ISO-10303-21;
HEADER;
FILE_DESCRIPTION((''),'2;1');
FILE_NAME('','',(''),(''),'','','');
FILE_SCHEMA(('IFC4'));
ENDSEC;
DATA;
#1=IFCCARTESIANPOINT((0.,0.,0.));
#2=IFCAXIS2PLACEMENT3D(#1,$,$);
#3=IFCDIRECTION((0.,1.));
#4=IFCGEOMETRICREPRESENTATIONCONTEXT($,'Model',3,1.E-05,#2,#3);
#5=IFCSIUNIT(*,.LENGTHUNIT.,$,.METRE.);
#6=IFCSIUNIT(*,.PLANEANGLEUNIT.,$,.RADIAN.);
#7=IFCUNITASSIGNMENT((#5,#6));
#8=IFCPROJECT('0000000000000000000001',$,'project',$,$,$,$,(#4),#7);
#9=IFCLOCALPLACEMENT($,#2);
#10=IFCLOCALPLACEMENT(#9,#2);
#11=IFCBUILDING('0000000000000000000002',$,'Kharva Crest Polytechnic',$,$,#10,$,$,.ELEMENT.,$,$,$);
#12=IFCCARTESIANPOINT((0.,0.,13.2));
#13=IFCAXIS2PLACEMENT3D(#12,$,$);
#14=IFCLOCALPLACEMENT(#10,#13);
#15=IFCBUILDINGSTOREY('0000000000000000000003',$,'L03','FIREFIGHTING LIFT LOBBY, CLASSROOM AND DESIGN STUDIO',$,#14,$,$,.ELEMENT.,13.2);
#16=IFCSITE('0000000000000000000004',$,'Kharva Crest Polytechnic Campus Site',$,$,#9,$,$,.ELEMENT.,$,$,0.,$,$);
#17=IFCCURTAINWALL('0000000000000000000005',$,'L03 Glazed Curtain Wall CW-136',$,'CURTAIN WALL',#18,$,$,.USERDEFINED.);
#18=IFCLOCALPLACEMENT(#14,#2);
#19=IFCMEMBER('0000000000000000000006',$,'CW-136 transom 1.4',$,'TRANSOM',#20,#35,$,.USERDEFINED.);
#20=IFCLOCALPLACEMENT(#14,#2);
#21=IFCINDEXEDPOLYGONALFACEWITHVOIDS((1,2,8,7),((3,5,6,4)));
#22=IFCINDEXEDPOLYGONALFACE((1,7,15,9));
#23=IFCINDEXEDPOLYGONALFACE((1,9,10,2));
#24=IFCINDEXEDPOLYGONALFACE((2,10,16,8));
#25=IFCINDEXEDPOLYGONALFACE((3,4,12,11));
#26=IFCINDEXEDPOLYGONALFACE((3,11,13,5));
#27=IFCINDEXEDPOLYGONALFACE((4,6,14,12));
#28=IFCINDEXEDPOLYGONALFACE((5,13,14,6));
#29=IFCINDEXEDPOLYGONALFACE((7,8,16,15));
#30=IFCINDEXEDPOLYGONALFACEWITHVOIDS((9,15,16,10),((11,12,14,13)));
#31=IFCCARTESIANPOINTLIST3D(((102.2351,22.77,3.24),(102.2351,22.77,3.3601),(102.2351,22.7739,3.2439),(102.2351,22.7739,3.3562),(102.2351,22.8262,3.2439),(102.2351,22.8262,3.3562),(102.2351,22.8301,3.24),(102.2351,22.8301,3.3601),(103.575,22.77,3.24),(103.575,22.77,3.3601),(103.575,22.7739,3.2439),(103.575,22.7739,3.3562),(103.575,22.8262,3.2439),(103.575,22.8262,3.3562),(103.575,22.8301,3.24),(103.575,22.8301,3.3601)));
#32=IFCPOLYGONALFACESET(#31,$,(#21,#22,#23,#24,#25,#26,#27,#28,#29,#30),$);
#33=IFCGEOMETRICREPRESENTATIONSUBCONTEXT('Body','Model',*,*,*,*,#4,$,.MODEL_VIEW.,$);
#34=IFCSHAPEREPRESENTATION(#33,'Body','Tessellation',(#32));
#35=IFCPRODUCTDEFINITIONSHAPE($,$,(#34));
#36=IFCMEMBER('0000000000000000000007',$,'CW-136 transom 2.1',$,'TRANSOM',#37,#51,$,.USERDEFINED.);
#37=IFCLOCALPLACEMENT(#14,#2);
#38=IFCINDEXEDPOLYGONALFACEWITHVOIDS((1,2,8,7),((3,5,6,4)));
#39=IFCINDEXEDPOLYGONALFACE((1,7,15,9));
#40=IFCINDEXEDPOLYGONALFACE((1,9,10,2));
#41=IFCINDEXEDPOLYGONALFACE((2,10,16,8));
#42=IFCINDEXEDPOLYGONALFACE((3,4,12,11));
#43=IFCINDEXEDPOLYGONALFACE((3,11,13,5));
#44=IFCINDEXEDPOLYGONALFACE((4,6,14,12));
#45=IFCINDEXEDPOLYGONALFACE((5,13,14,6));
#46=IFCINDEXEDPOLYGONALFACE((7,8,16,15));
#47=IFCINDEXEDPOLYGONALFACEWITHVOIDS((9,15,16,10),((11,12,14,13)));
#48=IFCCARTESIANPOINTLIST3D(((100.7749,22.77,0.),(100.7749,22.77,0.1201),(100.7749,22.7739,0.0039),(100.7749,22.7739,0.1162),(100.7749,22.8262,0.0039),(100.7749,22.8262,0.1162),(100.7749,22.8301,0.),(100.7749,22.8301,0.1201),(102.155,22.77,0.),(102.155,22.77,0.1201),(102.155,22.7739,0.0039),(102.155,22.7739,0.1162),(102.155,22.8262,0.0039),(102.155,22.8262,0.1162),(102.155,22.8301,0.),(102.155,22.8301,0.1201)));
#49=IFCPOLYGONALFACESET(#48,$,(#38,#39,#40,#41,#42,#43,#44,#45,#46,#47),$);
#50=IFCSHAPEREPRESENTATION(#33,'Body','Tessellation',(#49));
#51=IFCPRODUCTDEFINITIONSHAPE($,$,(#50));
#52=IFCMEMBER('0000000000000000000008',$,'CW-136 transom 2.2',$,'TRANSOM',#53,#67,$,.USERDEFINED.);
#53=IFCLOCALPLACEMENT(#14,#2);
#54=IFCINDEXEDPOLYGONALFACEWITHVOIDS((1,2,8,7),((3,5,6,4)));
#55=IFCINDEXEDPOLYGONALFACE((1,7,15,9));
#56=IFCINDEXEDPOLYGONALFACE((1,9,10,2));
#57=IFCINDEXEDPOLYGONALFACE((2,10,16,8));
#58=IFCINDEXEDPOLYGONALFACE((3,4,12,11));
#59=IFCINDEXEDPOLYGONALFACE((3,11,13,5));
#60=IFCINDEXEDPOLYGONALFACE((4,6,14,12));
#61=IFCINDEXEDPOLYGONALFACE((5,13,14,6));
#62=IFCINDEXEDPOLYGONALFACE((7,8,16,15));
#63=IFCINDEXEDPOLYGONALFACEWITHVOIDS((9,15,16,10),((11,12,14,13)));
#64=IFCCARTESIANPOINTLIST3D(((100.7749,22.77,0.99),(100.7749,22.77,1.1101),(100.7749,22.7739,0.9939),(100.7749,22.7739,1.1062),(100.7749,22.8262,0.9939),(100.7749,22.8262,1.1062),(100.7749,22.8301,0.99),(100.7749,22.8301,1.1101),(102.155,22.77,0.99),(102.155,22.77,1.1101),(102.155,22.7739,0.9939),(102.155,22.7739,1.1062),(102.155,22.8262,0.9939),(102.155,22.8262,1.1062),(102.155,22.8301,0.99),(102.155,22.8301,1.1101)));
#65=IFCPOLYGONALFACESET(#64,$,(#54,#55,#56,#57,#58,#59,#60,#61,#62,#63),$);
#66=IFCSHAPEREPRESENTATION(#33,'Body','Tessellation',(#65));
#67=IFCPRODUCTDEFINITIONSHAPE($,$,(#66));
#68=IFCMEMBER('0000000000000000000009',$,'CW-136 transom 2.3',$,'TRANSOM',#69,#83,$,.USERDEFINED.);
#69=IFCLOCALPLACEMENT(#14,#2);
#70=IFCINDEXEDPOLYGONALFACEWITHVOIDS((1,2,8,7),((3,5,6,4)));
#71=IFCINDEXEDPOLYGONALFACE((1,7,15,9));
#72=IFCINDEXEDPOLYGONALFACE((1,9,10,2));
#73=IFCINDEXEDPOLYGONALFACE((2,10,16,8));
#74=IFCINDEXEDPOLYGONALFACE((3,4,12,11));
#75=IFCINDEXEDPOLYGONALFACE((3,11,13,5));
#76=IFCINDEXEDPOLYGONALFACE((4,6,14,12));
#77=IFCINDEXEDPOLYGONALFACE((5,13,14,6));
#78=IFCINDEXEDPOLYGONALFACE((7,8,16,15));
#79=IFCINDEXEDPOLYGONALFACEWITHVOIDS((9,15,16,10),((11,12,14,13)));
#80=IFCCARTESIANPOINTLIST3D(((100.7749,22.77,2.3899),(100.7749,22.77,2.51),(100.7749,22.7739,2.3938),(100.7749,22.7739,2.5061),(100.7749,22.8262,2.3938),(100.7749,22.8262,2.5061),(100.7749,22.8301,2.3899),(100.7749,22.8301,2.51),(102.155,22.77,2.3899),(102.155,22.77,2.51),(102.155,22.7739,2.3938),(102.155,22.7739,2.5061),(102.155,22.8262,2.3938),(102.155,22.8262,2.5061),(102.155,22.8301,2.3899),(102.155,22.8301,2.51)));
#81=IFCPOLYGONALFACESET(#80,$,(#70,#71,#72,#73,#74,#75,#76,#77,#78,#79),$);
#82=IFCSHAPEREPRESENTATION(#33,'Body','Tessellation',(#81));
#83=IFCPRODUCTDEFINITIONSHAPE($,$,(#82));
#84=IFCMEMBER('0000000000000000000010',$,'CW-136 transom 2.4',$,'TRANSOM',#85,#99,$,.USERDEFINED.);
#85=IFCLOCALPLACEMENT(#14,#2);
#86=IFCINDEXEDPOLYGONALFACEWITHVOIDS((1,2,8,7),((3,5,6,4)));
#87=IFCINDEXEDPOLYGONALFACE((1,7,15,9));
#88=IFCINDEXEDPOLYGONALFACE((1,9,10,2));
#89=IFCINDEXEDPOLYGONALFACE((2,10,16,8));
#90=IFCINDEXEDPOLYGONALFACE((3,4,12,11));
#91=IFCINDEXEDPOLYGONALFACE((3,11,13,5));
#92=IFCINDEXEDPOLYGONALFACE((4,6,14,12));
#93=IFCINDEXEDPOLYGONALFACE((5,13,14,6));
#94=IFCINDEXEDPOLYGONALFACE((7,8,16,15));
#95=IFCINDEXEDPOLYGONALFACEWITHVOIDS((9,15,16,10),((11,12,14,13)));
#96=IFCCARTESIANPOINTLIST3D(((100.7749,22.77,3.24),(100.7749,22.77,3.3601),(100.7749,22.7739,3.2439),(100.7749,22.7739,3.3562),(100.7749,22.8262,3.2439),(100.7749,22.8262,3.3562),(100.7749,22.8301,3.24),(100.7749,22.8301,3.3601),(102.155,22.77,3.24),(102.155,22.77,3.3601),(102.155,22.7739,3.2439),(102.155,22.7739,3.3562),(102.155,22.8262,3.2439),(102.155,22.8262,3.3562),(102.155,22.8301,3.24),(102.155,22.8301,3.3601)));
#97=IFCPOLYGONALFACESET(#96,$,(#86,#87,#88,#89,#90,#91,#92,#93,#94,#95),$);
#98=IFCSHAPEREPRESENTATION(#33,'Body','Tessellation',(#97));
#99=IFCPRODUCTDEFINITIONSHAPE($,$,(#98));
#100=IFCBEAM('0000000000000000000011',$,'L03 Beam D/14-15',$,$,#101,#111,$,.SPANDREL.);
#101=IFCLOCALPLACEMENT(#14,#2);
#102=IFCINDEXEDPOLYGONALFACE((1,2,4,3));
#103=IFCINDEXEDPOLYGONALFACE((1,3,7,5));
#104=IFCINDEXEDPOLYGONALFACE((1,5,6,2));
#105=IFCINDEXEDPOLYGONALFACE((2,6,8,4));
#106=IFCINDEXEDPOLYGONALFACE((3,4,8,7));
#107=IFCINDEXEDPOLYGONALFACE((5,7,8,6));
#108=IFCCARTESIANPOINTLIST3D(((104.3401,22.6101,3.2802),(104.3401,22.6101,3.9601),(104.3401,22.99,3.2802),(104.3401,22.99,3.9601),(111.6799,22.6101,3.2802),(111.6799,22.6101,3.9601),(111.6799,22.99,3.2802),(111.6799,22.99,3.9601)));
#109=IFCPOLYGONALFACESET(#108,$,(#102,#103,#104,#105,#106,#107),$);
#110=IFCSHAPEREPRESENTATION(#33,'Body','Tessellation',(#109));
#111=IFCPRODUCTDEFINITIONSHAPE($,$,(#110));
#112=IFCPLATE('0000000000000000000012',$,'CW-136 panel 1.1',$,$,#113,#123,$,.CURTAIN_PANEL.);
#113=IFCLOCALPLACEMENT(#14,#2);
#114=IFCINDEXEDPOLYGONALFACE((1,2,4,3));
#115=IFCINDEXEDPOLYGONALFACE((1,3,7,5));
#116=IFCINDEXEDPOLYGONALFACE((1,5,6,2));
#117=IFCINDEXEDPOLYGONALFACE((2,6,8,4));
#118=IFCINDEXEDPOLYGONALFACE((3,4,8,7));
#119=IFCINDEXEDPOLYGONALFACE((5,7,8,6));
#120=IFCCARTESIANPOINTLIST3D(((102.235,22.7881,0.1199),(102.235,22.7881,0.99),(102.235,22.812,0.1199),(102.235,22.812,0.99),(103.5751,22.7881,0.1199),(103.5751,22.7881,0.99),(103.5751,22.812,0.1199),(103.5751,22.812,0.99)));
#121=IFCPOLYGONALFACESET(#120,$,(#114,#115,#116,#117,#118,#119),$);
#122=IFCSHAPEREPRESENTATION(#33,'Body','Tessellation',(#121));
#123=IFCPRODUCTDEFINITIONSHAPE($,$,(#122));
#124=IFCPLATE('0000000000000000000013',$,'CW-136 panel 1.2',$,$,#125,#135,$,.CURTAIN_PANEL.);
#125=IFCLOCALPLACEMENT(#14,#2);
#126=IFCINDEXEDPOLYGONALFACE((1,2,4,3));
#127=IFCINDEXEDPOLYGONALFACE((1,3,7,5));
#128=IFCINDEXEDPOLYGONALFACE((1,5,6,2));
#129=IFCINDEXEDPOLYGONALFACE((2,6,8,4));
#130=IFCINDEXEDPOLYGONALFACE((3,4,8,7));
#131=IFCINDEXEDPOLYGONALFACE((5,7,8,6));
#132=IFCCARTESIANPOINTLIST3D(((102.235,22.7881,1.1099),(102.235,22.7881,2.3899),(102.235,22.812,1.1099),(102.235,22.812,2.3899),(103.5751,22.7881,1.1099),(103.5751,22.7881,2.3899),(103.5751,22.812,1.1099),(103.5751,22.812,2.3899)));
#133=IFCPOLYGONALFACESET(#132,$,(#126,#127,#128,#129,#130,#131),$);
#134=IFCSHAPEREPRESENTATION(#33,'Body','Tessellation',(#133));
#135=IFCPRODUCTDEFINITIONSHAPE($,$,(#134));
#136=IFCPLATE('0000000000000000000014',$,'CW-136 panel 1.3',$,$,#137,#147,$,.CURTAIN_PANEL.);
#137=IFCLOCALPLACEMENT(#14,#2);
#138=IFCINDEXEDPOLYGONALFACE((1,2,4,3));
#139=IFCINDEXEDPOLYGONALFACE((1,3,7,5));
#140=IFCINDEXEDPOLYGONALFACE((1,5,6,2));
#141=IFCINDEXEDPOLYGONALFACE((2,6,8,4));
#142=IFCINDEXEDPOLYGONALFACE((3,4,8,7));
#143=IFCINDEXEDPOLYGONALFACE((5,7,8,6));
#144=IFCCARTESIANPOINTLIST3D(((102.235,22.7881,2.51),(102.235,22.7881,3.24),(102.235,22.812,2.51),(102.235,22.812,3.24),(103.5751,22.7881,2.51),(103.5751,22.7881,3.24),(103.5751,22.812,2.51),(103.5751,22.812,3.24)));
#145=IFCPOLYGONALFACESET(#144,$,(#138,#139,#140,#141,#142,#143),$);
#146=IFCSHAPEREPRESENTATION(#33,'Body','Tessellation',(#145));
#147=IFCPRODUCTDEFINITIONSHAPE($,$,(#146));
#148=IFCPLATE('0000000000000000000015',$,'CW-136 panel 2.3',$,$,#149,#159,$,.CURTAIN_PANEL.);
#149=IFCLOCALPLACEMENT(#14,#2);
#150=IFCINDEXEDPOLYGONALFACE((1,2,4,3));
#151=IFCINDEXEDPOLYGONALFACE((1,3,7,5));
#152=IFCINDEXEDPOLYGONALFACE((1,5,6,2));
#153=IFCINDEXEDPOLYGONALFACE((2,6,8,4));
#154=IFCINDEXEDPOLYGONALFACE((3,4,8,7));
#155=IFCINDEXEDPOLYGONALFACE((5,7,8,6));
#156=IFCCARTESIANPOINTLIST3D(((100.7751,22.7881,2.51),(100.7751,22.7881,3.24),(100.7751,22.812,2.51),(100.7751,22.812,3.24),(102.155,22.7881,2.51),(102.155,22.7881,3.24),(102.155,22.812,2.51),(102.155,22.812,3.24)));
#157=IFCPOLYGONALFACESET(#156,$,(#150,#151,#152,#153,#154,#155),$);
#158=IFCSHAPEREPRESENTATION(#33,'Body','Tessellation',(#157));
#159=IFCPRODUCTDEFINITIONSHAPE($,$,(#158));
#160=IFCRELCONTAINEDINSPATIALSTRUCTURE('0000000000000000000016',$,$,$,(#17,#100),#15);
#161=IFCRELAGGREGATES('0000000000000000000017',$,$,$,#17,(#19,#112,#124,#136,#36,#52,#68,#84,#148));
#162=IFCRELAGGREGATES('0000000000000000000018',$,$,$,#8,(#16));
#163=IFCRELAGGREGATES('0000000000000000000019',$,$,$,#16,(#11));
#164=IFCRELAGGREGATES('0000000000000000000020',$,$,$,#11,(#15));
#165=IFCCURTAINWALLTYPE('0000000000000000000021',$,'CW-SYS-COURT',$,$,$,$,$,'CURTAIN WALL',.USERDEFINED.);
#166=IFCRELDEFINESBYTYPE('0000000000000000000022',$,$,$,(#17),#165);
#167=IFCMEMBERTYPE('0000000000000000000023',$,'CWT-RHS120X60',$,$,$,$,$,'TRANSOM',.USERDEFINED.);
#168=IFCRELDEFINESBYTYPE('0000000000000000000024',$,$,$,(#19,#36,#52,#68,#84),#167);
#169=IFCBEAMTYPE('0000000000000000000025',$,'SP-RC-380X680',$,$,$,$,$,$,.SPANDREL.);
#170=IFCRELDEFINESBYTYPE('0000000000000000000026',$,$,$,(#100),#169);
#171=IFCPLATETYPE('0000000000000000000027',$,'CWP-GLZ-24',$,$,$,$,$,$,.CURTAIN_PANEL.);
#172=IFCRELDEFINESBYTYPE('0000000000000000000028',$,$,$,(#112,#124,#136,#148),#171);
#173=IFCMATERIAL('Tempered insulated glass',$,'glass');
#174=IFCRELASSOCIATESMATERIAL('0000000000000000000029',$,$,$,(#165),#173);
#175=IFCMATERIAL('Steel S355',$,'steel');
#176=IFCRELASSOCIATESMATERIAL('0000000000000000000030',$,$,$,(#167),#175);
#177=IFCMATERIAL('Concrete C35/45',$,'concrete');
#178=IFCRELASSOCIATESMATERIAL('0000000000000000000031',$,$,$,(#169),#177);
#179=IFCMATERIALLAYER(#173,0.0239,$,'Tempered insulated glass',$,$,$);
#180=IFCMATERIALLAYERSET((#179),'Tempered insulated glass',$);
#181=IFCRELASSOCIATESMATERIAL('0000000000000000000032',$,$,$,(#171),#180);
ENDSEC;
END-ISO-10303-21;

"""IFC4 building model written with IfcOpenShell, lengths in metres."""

from ifc_helpers import new_model, si_unit, direction, frame, origin, origin_2d, place, context, subcontext, project, spatial, rectangle, hollow_rectangle, extrude, material, layer, layer_set, material_profile, profile_set, type_object, element, aggregate, save


model = new_model("IFC4")

# Units and contexts
model_context = context("Model", 3, precision=1e-05, world=origin(), true_north=direction((0.0, 1.0)))
body_context = subcontext(model_context, "Body", "Model", "MODEL_VIEW")
ifc_project = project(units=[si_unit("LENGTHUNIT", "METRE"), si_unit("PLANEANGLEUNIT", "RADIAN")], contexts=[model_context])

# Site, building, storey
site_placement = place(None, origin())
site = spatial("IfcSite", under=ifc_project, at=site_placement, Name="Kharva Crest Polytechnic Campus Site", CompositionType="ELEMENT", RefElevation=0.0)
building_placement = place(site_placement, origin())
building = spatial("IfcBuilding", under=site, at=building_placement, Name="Kharva Crest Polytechnic", CompositionType="ELEMENT")
storey_placement = place(building_placement, frame((0.0, 0.0, 13.2)))
storey = spatial("IfcBuildingStorey", under=building, at=storey_placement, Name="L03", Description="FIREFIGHTING LIFT LOBBY, CLASSROOM AND DESIGN STUDIO", CompositionType="ELEMENT", Elevation=13.2)

# Shared definitions
ifc_material_1 = material(Name="Concrete C35/45", Category="concrete")

# Shared definitions
ifc_material_2 = material(Name="Tempered insulated glass", Category="glass")
curtain_wall_type = type_object("IfcCurtainWallType", Name="CW-SYS-COURT", ElementType="CURTAIN WALL", PredefinedType="USERDEFINED", material=ifc_material_2)
ifc_material_3 = material(Name="Steel S355", Category="steel")

# Curtain wall
curtain_wall_1_placement = place(storey_placement, origin())
curtain_wall_1 = element("IfcCurtainWall", 1, at=curtain_wall_1_placement, inside=storey, type_object=curtain_wall_type, Name="L03 Glazed Curtain Wall CW-136", ObjectType="CURTAIN WALL", PredefinedType="USERDEFINED")

# Members
ifc_material_profile_1 = material_profile(ifc_material_3, hollow_rectangle(XDim=0.0601, YDim=0.1201, WallThickness=0.0039, at=origin_2d()), Name="RHS 120X60X4.0")
ifc_profile_set_1 = profile_set([ifc_material_profile_1], Name="Steel S355")
member_type_1 = type_object("IfcMemberType", Name="CWT-RHS120X60", ElementType="TRANSOM", PredefinedType="USERDEFINED", material=ifc_profile_set_1)
member_1_placement = place(storey_placement, frame((103.575, 22.8, 3.3), z_axis=(-1.0, 0.0, 0.0), x_axis=(0.0, -1.0, 0.0)))
member_1 = element("IfcMember", 2, at=member_1_placement, type_object=member_type_1, Name="CW-136 transom 1.4", ObjectType="TRANSOM", PredefinedType="USERDEFINED", context=body_context, shape_type="SweptSolid", body=[
    extrude(hollow_rectangle(XDim=0.0601, YDim=0.1201, WallThickness=0.0039, at=origin_2d()), origin(), (0.0, 0.0, 1.0), 1.3398),
])
member_2_placement = place(storey_placement, frame((102.155, 22.8, 0.0601), z_axis=(-1.0, 0.0, 0.0), x_axis=(0.0, -1.0, 0.0)))
member_2 = element("IfcMember", 3, at=member_2_placement, type_object=member_type_1, Name="CW-136 transom 2.1", ObjectType="TRANSOM", PredefinedType="USERDEFINED", context=body_context, shape_type="SweptSolid", body=[
    extrude(hollow_rectangle(XDim=0.0601, YDim=0.1201, WallThickness=0.0039, at=origin_2d()), origin(), (0.0, 0.0, 1.0), 1.3801),
])
member_3_placement = place(storey_placement, frame((102.155, 22.8, 1.05), z_axis=(-1.0, 0.0, 0.0), x_axis=(0.0, -1.0, 0.0)))
member_3 = element("IfcMember", 4, at=member_3_placement, type_object=member_type_1, Name="CW-136 transom 2.2", ObjectType="TRANSOM", PredefinedType="USERDEFINED", context=body_context, shape_type="SweptSolid", body=[
    extrude(hollow_rectangle(XDim=0.0601, YDim=0.1201, WallThickness=0.0039, at=origin_2d()), origin(), (0.0, 0.0, 1.0), 1.3801),
])
member_4_placement = place(storey_placement, frame((102.155, 22.8, 2.45), z_axis=(-1.0, 0.0, 0.0), x_axis=(0.0, -1.0, 0.0)))
member_4 = element("IfcMember", 5, at=member_4_placement, type_object=member_type_1, Name="CW-136 transom 2.3", ObjectType="TRANSOM", PredefinedType="USERDEFINED", context=body_context, shape_type="SweptSolid", body=[
    extrude(hollow_rectangle(XDim=0.0601, YDim=0.1201, WallThickness=0.0039, at=origin_2d()), origin(), (0.0, 0.0, 1.0), 1.3801),
])
member_5_placement = place(storey_placement, frame((102.155, 22.8, 3.3), z_axis=(-1.0, 0.0, 0.0), x_axis=(0.0, -1.0, 0.0)))
member_5 = element("IfcMember", 6, at=member_5_placement, type_object=member_type_1, Name="CW-136 transom 2.4", ObjectType="TRANSOM", PredefinedType="USERDEFINED", context=body_context, shape_type="SweptSolid", body=[
    extrude(hollow_rectangle(XDim=0.0601, YDim=0.1201, WallThickness=0.0039, at=origin_2d()), origin(), (0.0, 0.0, 1.0), 1.3801),
])

# Beam
ifc_material_profile_2 = material_profile(ifc_material_1, rectangle(XDim=0.3799, YDim=0.6799, at=origin_2d()), Name="RECT 380 X 680")
ifc_profile_set_2 = profile_set([ifc_material_profile_2], Name="Concrete C35/45")
beam_type_1 = type_object("IfcBeamType", Name="SP-RC-380X680", PredefinedType="SPANDREL", material=ifc_profile_set_2)
beam_1_placement = place(storey_placement, frame((104.3401, 22.8, 3.6201), z_axis=(1.0, 0.0, 0.0), x_axis=(0.0, 1.0, 0.0)))
element("IfcBeam", 7, at=beam_1_placement, inside=storey, type_object=beam_type_1, Name="L03 Beam D/14-15", PredefinedType="SPANDREL", context=body_context, shape_type="SweptSolid", body=[
    extrude(rectangle(XDim=0.3799, YDim=0.6799, at=origin_2d()), origin(), (0.0, 0.0, 1.0), 7.3398),
])

# Plates
ifc_layer_1 = layer(ifc_material_2, 0.0239, Name="Tempered insulated glass")
ifc_layer_set_1 = layer_set([ifc_layer_1], Name="Tempered insulated glass")
plate_type = type_object("IfcPlateType", Name="CWP-GLZ-24", PredefinedType="CURTAIN_PANEL", material=ifc_layer_set_1)
plate_1_placement = place(storey_placement, frame((102.905, 22.8, 0.1199), z_axis=(0.0, 0.0, 1.0), x_axis=(-1.0, 0.0, 0.0)))
plate_1 = element("IfcPlate", 8, at=plate_1_placement, type_object=plate_type, Name="CW-136 panel 1.1", PredefinedType="CURTAIN_PANEL", context=body_context, shape_type="SweptSolid", body=[
    extrude(rectangle(XDim=1.3401, YDim=0.0239, at=origin_2d()), origin(), (0.0, 0.0, 1.0), 0.8701),
])
plate_2_placement = place(storey_placement, frame((102.905, 22.8, 1.1099), z_axis=(0.0, 0.0, 1.0), x_axis=(-1.0, 0.0, 0.0)))
plate_2 = element("IfcPlate", 9, at=plate_2_placement, type_object=plate_type, Name="CW-136 panel 1.2", PredefinedType="CURTAIN_PANEL", context=body_context, shape_type="SweptSolid", body=[
    extrude(rectangle(XDim=1.3401, YDim=0.0239, at=origin_2d()), origin(), (0.0, 0.0, 1.0), 1.28),
])
plate_3_placement = place(storey_placement, frame((102.905, 22.8, 2.51), z_axis=(0.0, 0.0, 1.0), x_axis=(-1.0, 0.0, 0.0)))
plate_3 = element("IfcPlate", 10, at=plate_3_placement, type_object=plate_type, Name="CW-136 panel 1.3", PredefinedType="CURTAIN_PANEL", context=body_context, shape_type="SweptSolid", body=[
    extrude(rectangle(XDim=1.3401, YDim=0.0239, at=origin_2d()), origin(), (0.0, 0.0, 1.0), 0.73),
])
plate_4_placement = place(storey_placement, frame((101.4651, 22.8, 2.51), z_axis=(0.0, 0.0, 1.0), x_axis=(-1.0, 0.0, 0.0)))
plate_4 = element("IfcPlate", 11, at=plate_4_placement, type_object=plate_type, Name="CW-136 panel 2.3", PredefinedType="CURTAIN_PANEL", context=body_context, shape_type="SweptSolid", body=[
    extrude(rectangle(XDim=1.3799, YDim=0.0239, at=origin_2d()), origin(), (0.0, 0.0, 1.0), 0.73),
])
aggregate(curtain_wall_1, [member_1, plate_1, plate_2, plate_3, member_2, member_3, member_4, member_5, plate_4])

save(model, "model.ifc")
